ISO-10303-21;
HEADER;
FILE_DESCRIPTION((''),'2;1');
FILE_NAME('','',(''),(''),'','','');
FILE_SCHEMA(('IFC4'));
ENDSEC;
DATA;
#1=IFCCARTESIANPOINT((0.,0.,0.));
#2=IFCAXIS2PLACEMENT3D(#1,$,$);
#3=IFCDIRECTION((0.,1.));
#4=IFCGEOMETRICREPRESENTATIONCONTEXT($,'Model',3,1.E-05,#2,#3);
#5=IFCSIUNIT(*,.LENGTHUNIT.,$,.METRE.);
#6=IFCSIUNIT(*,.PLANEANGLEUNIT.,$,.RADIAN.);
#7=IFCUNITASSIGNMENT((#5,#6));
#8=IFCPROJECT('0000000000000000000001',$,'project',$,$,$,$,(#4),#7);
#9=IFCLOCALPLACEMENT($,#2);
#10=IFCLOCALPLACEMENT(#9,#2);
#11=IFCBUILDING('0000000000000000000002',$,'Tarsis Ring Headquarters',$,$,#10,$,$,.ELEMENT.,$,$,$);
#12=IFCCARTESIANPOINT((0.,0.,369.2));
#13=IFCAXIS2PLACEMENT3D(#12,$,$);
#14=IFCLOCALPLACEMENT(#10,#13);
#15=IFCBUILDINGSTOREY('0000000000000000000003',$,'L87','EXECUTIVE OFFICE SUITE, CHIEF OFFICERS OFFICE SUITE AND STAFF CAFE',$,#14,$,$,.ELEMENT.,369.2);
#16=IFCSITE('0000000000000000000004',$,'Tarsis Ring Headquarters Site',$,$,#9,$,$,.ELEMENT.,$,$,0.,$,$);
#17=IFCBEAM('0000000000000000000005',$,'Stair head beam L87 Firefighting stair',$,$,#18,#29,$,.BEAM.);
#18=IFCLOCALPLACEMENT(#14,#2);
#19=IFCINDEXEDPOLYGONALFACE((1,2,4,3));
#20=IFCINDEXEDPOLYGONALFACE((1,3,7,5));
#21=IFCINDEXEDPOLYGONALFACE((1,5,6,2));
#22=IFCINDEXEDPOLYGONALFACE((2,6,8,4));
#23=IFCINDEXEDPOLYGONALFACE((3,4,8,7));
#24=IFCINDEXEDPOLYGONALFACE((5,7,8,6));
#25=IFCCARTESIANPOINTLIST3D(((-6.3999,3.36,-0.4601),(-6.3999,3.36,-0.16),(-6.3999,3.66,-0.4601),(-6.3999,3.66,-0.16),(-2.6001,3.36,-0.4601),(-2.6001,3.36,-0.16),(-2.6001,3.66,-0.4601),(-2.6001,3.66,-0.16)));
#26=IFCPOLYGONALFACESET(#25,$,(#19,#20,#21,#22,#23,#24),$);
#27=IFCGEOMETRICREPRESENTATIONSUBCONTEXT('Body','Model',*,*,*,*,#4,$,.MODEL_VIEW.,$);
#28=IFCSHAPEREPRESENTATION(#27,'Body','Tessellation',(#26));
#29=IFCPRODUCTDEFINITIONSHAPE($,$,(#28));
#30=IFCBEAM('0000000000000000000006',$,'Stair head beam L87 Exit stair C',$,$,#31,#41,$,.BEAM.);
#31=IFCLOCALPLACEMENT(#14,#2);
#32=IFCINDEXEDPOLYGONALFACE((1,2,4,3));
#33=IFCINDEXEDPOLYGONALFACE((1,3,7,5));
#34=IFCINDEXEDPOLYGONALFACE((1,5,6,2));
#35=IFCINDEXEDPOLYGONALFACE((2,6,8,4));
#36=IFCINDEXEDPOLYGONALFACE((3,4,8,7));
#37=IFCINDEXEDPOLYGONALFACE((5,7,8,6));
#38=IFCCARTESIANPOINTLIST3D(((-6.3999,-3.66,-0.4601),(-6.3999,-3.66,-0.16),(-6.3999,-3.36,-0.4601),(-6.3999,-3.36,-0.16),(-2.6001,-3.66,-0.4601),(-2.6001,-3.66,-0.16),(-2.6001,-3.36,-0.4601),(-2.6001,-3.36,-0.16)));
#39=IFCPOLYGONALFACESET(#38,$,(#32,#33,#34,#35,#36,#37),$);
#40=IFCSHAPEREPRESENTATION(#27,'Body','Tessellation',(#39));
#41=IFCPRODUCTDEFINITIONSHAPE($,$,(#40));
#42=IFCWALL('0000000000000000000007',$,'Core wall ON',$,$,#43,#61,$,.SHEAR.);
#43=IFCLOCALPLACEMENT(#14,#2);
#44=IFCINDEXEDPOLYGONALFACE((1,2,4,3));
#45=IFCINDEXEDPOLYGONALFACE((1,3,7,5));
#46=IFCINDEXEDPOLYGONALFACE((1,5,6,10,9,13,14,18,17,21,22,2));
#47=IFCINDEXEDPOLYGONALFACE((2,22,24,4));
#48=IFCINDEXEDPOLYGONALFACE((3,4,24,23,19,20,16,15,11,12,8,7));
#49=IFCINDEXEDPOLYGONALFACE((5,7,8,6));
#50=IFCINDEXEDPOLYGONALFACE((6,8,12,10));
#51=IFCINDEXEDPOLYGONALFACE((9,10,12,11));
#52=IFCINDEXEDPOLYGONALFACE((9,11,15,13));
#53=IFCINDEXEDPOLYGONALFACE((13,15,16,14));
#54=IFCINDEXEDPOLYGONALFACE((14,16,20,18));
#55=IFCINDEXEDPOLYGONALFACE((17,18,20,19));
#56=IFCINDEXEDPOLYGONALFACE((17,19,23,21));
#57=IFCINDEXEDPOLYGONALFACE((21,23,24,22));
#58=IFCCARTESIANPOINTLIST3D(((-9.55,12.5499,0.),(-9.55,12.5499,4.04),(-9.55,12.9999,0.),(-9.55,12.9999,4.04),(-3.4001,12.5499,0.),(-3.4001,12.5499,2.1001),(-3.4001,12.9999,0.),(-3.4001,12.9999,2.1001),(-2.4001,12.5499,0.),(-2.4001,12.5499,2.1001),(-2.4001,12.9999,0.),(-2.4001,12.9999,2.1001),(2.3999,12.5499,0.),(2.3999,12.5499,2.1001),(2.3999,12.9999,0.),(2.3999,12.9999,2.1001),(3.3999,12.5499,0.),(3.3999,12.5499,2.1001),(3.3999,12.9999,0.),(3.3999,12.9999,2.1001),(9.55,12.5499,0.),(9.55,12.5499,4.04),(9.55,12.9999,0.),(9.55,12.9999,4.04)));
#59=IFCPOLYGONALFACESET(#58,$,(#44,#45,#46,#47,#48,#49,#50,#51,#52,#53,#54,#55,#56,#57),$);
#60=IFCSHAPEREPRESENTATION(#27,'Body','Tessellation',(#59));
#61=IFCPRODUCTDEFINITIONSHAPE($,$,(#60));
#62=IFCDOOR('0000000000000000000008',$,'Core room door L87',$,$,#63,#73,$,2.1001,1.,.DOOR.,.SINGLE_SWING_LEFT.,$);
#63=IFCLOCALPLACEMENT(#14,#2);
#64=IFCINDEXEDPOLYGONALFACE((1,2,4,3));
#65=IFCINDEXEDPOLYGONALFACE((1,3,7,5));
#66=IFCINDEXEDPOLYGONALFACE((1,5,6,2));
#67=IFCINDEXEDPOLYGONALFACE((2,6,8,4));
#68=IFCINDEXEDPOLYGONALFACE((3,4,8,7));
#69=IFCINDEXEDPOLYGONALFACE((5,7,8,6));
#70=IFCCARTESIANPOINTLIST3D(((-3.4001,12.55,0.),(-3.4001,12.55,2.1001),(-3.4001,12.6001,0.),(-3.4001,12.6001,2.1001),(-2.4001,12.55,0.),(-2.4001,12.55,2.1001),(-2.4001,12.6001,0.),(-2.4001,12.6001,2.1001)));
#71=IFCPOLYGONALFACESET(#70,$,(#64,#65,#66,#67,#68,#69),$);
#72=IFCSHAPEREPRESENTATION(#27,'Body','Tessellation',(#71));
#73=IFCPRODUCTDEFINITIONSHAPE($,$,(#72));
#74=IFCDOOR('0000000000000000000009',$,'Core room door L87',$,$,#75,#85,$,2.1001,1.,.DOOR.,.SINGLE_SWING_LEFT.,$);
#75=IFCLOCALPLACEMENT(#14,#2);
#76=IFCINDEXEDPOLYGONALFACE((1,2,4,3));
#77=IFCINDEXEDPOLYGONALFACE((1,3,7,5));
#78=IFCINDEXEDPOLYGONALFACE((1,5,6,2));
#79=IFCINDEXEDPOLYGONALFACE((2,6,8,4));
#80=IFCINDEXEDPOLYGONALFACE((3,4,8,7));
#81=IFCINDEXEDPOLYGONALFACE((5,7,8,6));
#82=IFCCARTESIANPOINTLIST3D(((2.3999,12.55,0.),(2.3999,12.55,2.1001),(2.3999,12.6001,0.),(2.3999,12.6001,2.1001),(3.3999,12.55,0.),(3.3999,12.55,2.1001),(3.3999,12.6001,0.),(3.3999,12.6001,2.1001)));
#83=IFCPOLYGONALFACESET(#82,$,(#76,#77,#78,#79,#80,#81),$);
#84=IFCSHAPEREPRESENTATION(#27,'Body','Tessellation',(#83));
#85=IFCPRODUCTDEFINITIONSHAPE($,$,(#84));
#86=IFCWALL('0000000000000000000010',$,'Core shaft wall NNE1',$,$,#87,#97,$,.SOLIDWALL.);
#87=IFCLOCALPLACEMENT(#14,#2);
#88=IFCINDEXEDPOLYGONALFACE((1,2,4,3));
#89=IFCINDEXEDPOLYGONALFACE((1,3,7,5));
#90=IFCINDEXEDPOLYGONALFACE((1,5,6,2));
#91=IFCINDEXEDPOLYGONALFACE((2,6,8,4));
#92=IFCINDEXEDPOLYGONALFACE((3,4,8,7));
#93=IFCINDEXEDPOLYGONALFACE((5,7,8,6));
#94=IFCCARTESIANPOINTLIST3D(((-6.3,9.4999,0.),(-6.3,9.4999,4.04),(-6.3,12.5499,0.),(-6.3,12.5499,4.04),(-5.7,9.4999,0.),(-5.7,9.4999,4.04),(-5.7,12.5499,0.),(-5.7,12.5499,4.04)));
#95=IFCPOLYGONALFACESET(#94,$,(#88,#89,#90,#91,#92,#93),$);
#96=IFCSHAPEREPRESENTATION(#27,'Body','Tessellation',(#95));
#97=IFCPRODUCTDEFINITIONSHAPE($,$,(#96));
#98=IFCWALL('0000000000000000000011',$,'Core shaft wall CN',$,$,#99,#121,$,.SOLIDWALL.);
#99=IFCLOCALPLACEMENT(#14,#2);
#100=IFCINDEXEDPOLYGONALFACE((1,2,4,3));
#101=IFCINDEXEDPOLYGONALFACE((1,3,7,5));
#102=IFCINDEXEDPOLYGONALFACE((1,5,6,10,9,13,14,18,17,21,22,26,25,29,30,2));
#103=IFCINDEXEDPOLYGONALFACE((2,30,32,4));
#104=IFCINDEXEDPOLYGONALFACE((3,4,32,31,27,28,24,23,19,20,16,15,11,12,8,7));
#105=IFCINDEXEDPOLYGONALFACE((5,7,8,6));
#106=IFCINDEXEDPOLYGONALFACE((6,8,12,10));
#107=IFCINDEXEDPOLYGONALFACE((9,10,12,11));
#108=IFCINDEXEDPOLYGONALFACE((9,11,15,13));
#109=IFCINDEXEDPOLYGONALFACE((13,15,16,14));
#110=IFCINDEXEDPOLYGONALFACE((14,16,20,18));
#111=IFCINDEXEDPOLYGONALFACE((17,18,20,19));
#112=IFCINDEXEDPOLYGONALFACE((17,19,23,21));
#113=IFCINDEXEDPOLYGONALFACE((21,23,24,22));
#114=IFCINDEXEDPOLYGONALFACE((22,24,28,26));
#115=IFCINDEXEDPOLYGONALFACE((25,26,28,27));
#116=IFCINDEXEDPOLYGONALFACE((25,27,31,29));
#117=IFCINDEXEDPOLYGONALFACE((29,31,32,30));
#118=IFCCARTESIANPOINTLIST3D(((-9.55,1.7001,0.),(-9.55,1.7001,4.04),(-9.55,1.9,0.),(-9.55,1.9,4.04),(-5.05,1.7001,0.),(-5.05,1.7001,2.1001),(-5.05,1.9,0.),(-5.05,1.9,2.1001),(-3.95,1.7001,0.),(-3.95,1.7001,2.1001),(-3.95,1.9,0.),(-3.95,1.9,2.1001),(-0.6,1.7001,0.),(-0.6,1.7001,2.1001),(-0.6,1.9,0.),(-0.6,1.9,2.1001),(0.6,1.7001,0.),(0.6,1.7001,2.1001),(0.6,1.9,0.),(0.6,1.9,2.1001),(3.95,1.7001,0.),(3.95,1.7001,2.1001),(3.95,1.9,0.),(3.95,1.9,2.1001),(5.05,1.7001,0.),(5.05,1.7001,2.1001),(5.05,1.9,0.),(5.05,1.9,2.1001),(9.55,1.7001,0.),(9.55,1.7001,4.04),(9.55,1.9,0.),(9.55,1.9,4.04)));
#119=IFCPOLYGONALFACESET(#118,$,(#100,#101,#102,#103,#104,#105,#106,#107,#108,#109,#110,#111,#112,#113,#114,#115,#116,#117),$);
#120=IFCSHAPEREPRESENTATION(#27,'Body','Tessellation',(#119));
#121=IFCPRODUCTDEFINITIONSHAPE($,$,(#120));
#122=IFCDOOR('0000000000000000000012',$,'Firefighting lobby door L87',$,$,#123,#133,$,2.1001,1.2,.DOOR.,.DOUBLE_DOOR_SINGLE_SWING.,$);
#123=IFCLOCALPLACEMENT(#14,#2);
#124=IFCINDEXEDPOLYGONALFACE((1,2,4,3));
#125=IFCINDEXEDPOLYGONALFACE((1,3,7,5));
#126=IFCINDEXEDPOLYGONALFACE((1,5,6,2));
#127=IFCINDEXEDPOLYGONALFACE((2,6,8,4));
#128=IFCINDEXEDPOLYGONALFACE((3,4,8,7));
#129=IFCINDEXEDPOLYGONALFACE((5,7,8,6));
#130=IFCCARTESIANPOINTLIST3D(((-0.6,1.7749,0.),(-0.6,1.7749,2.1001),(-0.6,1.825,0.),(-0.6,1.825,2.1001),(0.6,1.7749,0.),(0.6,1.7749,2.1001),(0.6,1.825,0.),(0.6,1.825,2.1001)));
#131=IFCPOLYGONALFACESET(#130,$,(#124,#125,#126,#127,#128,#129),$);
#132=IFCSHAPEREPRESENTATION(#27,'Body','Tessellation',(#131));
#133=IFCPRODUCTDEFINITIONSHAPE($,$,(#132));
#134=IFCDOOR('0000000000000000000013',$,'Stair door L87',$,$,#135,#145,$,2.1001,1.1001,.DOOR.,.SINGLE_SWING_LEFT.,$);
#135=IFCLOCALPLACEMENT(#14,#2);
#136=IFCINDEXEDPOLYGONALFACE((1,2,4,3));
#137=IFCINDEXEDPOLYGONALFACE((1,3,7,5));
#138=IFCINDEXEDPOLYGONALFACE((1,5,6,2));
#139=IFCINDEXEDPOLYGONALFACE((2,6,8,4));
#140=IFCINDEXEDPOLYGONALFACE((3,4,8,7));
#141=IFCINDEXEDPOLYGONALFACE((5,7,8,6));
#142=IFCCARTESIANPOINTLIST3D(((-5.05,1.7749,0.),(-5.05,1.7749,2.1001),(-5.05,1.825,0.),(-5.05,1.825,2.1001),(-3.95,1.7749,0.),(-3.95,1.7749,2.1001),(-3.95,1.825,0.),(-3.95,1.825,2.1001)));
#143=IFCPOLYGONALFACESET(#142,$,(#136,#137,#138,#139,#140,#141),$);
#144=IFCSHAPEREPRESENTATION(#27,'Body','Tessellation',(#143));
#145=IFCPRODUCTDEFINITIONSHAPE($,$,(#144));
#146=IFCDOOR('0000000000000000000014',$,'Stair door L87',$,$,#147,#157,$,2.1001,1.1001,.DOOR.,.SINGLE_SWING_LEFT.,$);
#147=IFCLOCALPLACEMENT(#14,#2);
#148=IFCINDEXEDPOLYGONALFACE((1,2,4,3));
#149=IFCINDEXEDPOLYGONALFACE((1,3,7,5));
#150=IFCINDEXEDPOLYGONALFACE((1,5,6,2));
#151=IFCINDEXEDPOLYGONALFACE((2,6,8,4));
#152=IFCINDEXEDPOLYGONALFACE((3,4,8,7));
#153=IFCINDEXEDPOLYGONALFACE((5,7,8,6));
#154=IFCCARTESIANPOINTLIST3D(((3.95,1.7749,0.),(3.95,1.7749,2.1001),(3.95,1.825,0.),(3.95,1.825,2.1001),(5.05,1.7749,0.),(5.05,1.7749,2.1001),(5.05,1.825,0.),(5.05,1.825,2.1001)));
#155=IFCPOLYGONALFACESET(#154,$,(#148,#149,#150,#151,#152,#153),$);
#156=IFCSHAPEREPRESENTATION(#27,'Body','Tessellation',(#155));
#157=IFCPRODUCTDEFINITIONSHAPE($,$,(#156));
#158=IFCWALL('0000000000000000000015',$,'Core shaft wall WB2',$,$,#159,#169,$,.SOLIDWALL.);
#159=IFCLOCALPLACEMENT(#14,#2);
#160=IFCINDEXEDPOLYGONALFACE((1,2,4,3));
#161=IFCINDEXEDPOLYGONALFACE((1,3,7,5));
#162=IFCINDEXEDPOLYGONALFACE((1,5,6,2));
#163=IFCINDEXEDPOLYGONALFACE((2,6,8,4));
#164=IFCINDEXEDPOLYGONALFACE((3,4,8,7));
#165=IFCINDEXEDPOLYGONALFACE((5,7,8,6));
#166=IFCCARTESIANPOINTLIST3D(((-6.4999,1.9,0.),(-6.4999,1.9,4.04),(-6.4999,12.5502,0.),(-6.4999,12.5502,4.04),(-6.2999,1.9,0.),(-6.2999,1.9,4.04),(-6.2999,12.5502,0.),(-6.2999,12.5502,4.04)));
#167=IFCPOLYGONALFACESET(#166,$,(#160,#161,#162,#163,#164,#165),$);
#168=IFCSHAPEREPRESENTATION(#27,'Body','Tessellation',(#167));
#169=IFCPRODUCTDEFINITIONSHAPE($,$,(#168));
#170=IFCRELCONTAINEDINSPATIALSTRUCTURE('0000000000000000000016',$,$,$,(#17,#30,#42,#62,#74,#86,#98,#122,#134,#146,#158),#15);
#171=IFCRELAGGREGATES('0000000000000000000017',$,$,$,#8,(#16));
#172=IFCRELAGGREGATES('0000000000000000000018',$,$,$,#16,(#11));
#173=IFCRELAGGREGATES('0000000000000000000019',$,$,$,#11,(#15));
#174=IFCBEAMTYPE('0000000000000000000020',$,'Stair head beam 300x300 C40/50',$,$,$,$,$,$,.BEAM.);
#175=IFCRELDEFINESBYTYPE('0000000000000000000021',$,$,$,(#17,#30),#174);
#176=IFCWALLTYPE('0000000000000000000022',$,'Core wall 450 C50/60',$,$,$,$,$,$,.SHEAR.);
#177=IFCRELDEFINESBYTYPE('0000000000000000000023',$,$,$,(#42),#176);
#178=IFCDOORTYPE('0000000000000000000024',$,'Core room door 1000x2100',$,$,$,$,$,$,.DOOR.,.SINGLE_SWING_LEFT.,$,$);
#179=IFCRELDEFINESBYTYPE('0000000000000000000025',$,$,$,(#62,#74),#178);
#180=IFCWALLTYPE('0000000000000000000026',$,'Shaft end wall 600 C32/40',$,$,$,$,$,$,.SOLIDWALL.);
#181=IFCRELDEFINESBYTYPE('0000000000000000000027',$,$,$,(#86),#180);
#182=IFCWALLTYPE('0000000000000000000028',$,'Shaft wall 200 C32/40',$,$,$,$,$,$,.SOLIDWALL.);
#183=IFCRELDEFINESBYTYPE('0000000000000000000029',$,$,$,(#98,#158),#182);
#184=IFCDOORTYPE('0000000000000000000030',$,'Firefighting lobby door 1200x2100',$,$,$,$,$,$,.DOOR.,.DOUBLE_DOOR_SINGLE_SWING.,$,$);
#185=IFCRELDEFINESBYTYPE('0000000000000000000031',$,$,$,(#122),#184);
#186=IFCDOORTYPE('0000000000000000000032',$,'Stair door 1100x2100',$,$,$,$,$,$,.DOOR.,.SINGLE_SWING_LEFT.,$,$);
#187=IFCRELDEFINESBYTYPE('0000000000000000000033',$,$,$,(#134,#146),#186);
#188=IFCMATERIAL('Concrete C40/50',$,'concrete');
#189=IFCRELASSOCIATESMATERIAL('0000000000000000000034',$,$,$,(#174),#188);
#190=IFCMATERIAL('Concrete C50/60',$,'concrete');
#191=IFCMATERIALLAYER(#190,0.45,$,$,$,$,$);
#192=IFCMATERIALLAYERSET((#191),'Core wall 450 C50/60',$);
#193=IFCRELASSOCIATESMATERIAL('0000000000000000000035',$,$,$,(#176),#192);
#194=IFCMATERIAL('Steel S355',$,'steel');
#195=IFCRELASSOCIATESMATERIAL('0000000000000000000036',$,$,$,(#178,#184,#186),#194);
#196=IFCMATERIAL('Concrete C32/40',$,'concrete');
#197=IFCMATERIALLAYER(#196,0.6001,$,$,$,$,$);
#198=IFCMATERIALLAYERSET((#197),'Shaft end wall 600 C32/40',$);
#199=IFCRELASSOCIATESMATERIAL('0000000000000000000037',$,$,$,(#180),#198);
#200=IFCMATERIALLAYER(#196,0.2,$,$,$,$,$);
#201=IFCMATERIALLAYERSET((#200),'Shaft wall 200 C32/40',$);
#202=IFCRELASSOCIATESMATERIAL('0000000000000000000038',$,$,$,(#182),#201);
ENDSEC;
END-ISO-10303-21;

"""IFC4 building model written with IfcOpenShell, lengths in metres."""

from ifc_helpers import new_model, si_unit, direction, frame, frame_2d, origin, origin_2d, place, context, subcontext, project, spatial, rectangle, extrude, material, layer, layer_set, material_profile, profile_set, type_object, element, fill, save


model = new_model("IFC4")

# Units and contexts
model_context = context("Model", 3, precision=1e-05, world=origin(), true_north=direction((0.0, 1.0)))
body_context = subcontext(model_context, "Body", "Model", "MODEL_VIEW")
ifc_project = project(units=[si_unit("LENGTHUNIT", "METRE"), si_unit("PLANEANGLEUNIT", "RADIAN")], contexts=[model_context])

# Site, building, storey
site_placement = place(None, origin())
site = spatial("IfcSite", under=ifc_project, at=site_placement, Name="Tarsis Ring Headquarters Site", CompositionType="ELEMENT", RefElevation=0.0)
building_placement = place(site_placement, origin())
building = spatial("IfcBuilding", under=site, at=building_placement, Name="Tarsis Ring Headquarters", CompositionType="ELEMENT")
storey_placement = place(building_placement, frame((0.0, 0.0, 369.2)))
storey = spatial("IfcBuildingStorey", under=building, at=storey_placement, Name="L87", Description="EXECUTIVE OFFICE SUITE, CHIEF OFFICERS OFFICE SUITE AND STAFF CAFE", CompositionType="ELEMENT", Elevation=369.2)

# Beams
ifc_material_1 = material(Name="Concrete C40/50", Category="concrete")
ifc_material_profile = material_profile(ifc_material_1, rectangle(XDim=0.3, YDim=0.3, at=origin_2d()), Name="Stair head beam 300x300 C40/50")
ifc_profile_set = profile_set([ifc_material_profile], Name="Concrete C40/50")
beam_type = type_object("IfcBeamType", Name="Stair head beam 300x300 C40/50", PredefinedType="BEAM", material=ifc_profile_set)
for number, where, z_axis, x_axis, name in (
    (1, (-6.3999, 3.51, -0.3101), (1.0, 0.0, 0.0), (0.0, 1.0, 0.0), "Stair head beam L87 Firefighting stair"),
    (2, (-6.3999, -3.51, -0.3101), (1.0, 0.0, 0.0), (0.0, 1.0, 0.0), "Stair head beam L87 Exit stair C"),
):
    element("IfcBeam", number, at=place(storey_placement, frame(where, z_axis=z_axis, x_axis=x_axis)), inside=storey, type_object=beam_type, Name=name, PredefinedType="BEAM", context=body_context, shape_type="SweptSolid", body=[
        extrude(rectangle(XDim=0.3, YDim=0.3, at=origin_2d()), origin(), (0.0, 0.0, 1.0), 3.7998),
    ])

# Wall, openings, doors
ifc_material_2 = material(Name="Concrete C50/60", Category="concrete")
ifc_layer_1 = layer(ifc_material_2, 0.45)
ifc_layer_set_1 = layer_set([ifc_layer_1], Name="Core wall 450 C50/60")
wall_type_1 = type_object("IfcWallType", Name="Core wall 450 C50/60", PredefinedType="SHEAR", material=ifc_layer_set_1)
wall_1_placement = place(storey_placement, frame((-9.55, 12.7749, 0.0), z_axis=(0.0, 0.0, 1.0), x_axis=(1.0, 0.0, 0.0)))
wall_1 = element("IfcWall", 3, at=wall_1_placement, inside=storey, type_object=wall_type_1, Name="Core wall ON", PredefinedType="SHEAR", context=body_context, shape_type="SweptSolid", body=[
    extrude(rectangle(XDim=19.1001, YDim=0.45, at=frame_2d((9.55, 0.0))), origin(), (0.0, 0.0, 1.0), 4.04),
])
opening_1_placement = place(wall_1_placement, frame((6.1499, 0.0, 0.0)))
opening_1 = element("IfcOpeningElement", 4, at=opening_1_placement, cuts=wall_1, PredefinedType="OPENING", context=body_context, shape_type="SweptSolid", body=[
    extrude(rectangle(XDim=1.0, YDim=2.1001, at=frame_2d((0.5, 1.05))), frame((0.0, 0.2349, 0.0), z_axis=(0.0, -1.0, 0.0), x_axis=(1.0, 0.0, 0.0)), (0.0, 0.0, 1.0), 0.47),
])
opening_2_placement = place(wall_1_placement, frame((11.95, 0.0, 0.0)))
opening_2 = element("IfcOpeningElement", 5, at=opening_2_placement, cuts=wall_1, PredefinedType="OPENING", context=body_context, shape_type="SweptSolid", body=[
    extrude(rectangle(XDim=1.0, YDim=2.1001, at=frame_2d((0.5, 1.05))), frame((0.0, 0.2349, 0.0), z_axis=(0.0, -1.0, 0.0), x_axis=(1.0, 0.0, 0.0)), (0.0, 0.0, 1.0), 0.47),
])
ifc_material_3 = material(Name="Steel S355", Category="steel")
door_type_1 = type_object("IfcDoorType", Name="Core room door 1000x2100", OperationType="SINGLE_SWING_LEFT", PredefinedType="DOOR", material=ifc_material_3)
door_1_placement = place(opening_1_placement, origin())
door_1 = element("IfcDoor", 6, at=door_1_placement, inside=storey, type_object=door_type_1, Name="Core room door L87", OperationType="SINGLE_SWING_LEFT", OverallHeight=2.1001, OverallWidth=1.0, PredefinedType="DOOR", context=body_context, shape_type="SweptSolid", body=[
    extrude(rectangle(XDim=1.0, YDim=2.1001, at=frame_2d((0.5, 1.05))), frame((0.0, -0.1748, 0.0), z_axis=(0.0, -1.0, 0.0), x_axis=(1.0, 0.0, 0.0)), (0.0, 0.0, 1.0), 0.05),
])
fill(opening_1, door_1)
door_2_placement = place(opening_2_placement, origin())
door_2 = element("IfcDoor", 7, at=door_2_placement, inside=storey, type_object=door_type_1, Name="Core room door L87", OperationType="SINGLE_SWING_LEFT", OverallHeight=2.1001, OverallWidth=1.0, PredefinedType="DOOR", context=body_context, shape_type="SweptSolid", body=[
    extrude(rectangle(XDim=1.0, YDim=2.1001, at=frame_2d((0.5, 1.05))), frame((0.0, -0.1748, 0.0), z_axis=(0.0, -1.0, 0.0), x_axis=(1.0, 0.0, 0.0)), (0.0, 0.0, 1.0), 0.05),
])
fill(opening_2, door_2)

# Wall
ifc_material_4 = material(Name="Concrete C32/40", Category="concrete")
ifc_layer_2 = layer(ifc_material_4, 0.6001)
ifc_layer_set_2 = layer_set([ifc_layer_2], Name="Shaft end wall 600 C32/40")
wall_type_2 = type_object("IfcWallType", Name="Shaft end wall 600 C32/40", PredefinedType="SOLIDWALL", material=ifc_layer_set_2)
wall_2_placement = place(storey_placement, frame((-6.0, 9.5, 0.0), z_axis=(0.0, 0.0, 1.0), x_axis=(0.0, 1.0, 0.0)))
element("IfcWall", 8, at=wall_2_placement, inside=storey, type_object=wall_type_2, Name="Core shaft wall NNE1", PredefinedType="SOLIDWALL", context=body_context, shape_type="SweptSolid", body=[
    extrude(rectangle(XDim=3.05, YDim=0.6001, at=frame_2d((1.5249, 0.0))), origin(), (0.0, 0.0, 1.0), 4.04),
])

# Wall, openings, doors
ifc_layer_3 = layer(ifc_material_4, 0.2)
ifc_layer_set_3 = layer_set([ifc_layer_3], Name="Shaft wall 200 C32/40")
wall_type_3 = type_object("IfcWallType", Name="Shaft wall 200 C32/40", PredefinedType="SOLIDWALL", material=ifc_layer_set_3)
wall_3_placement = place(storey_placement, frame((-9.55, 1.8, 0.0), z_axis=(0.0, 0.0, 1.0), x_axis=(1.0, 0.0, 0.0)))
wall_3 = element("IfcWall", 9, at=wall_3_placement, inside=storey, type_object=wall_type_3, Name="Core shaft wall CN", PredefinedType="SOLIDWALL", context=body_context, shape_type="SweptSolid", body=[
    extrude(rectangle(XDim=19.1001, YDim=0.2, at=frame_2d((9.55, 0.0))), origin(), (0.0, 0.0, 1.0), 4.04),
])
opening_3_placement = place(wall_3_placement, frame((4.5, 0.0, 0.0)))
opening_3 = element("IfcOpeningElement", 10, at=opening_3_placement, cuts=wall_3, PredefinedType="OPENING", context=body_context, shape_type="SweptSolid", body=[
    extrude(rectangle(XDim=1.1001, YDim=2.1001, at=frame_2d((0.55, 1.05))), frame((0.0, 0.1099, 0.0), z_axis=(0.0, -1.0, 0.0), x_axis=(1.0, 0.0, 0.0)), (0.0, 0.0, 1.0), 0.22),
])
opening_4_placement = place(wall_3_placement, frame((8.95, 0.0, 0.0)))
opening_4 = element("IfcOpeningElement", 11, at=opening_4_placement, cuts=wall_3, PredefinedType="OPENING", context=body_context, shape_type="SweptSolid", body=[
    extrude(rectangle(XDim=1.2, YDim=2.1001, at=frame_2d((0.6001, 1.05))), frame((0.0, 0.1099, 0.0), z_axis=(0.0, -1.0, 0.0), x_axis=(1.0, 0.0, 0.0)), (0.0, 0.0, 1.0), 0.22),
])
opening_5_placement = place(wall_3_placement, frame((13.5, 0.0, 0.0)))
opening_5 = element("IfcOpeningElement", 12, at=opening_5_placement, cuts=wall_3, PredefinedType="OPENING", context=body_context, shape_type="SweptSolid", body=[
    extrude(rectangle(XDim=1.1001, YDim=2.1001, at=frame_2d((0.55, 1.05))), frame((0.0, 0.1099, 0.0), z_axis=(0.0, -1.0, 0.0), x_axis=(1.0, 0.0, 0.0)), (0.0, 0.0, 1.0), 0.22),
])
door_type_2 = type_object("IfcDoorType", Name="Firefighting lobby door 1200x2100", OperationType="DOUBLE_DOOR_SINGLE_SWING", PredefinedType="DOOR", material=ifc_material_3)
door_3_placement = place(opening_4_placement, origin())
door_3 = element("IfcDoor", 13, at=door_3_placement, inside=storey, type_object=door_type_2, Name="Firefighting lobby door L87", OperationType="DOUBLE_DOOR_SINGLE_SWING", OverallHeight=2.1001, OverallWidth=1.2, PredefinedType="DOOR", context=body_context, shape_type="SweptSolid", body=[
    extrude(rectangle(XDim=1.2, YDim=2.1001, at=frame_2d((0.6001, 1.05))), frame((0.0, 0.0249, 0.0), z_axis=(0.0, -1.0, 0.0), x_axis=(1.0, 0.0, 0.0)), (0.0, 0.0, 1.0), 0.05),
])
fill(opening_4, door_3)
door_type_3 = type_object("IfcDoorType", Name="Stair door 1100x2100", OperationType="SINGLE_SWING_LEFT", PredefinedType="DOOR", material=ifc_material_3)
door_4_placement = place(opening_3_placement, origin())
door_4 = element("IfcDoor", 14, at=door_4_placement, inside=storey, type_object=door_type_3, Name="Stair door L87", OperationType="SINGLE_SWING_LEFT", OverallHeight=2.1001, OverallWidth=1.1001, PredefinedType="DOOR", context=body_context, shape_type="SweptSolid", body=[
    extrude(rectangle(XDim=1.1001, YDim=2.1001, at=frame_2d((0.55, 1.05))), frame((0.0, 0.0249, 0.0), z_axis=(0.0, -1.0, 0.0), x_axis=(1.0, 0.0, 0.0)), (0.0, 0.0, 1.0), 0.05),
])
fill(opening_3, door_4)
door_5_placement = place(opening_5_placement, origin())
door_5 = element("IfcDoor", 15, at=door_5_placement, inside=storey, type_object=door_type_3, Name="Stair door L87", OperationType="SINGLE_SWING_LEFT", OverallHeight=2.1001, OverallWidth=1.1001, PredefinedType="DOOR", context=body_context, shape_type="SweptSolid", body=[
    extrude(rectangle(XDim=1.1001, YDim=2.1001, at=frame_2d((0.55, 1.05))), frame((0.0, 0.0249, 0.0), z_axis=(0.0, -1.0, 0.0), x_axis=(1.0, 0.0, 0.0)), (0.0, 0.0, 1.0), 0.05),
])
fill(opening_5, door_5)

# Wall
wall_4_placement = place(storey_placement, frame((-6.3999, 1.8999, 0.0), z_axis=(0.0, 0.0, 1.0), x_axis=(0.0, 1.0, 0.0)))
element("IfcWall", 16, at=wall_4_placement, inside=storey, type_object=wall_type_3, Name="Core shaft wall WB2", PredefinedType="SOLIDWALL", context=body_context, shape_type="SweptSolid", body=[
    extrude(rectangle(XDim=10.6501, YDim=0.2, at=frame_2d((5.3252, 0.0))), origin(), (0.0, 0.0, 1.0), 4.04),
])

save(model, "model.ifc")
